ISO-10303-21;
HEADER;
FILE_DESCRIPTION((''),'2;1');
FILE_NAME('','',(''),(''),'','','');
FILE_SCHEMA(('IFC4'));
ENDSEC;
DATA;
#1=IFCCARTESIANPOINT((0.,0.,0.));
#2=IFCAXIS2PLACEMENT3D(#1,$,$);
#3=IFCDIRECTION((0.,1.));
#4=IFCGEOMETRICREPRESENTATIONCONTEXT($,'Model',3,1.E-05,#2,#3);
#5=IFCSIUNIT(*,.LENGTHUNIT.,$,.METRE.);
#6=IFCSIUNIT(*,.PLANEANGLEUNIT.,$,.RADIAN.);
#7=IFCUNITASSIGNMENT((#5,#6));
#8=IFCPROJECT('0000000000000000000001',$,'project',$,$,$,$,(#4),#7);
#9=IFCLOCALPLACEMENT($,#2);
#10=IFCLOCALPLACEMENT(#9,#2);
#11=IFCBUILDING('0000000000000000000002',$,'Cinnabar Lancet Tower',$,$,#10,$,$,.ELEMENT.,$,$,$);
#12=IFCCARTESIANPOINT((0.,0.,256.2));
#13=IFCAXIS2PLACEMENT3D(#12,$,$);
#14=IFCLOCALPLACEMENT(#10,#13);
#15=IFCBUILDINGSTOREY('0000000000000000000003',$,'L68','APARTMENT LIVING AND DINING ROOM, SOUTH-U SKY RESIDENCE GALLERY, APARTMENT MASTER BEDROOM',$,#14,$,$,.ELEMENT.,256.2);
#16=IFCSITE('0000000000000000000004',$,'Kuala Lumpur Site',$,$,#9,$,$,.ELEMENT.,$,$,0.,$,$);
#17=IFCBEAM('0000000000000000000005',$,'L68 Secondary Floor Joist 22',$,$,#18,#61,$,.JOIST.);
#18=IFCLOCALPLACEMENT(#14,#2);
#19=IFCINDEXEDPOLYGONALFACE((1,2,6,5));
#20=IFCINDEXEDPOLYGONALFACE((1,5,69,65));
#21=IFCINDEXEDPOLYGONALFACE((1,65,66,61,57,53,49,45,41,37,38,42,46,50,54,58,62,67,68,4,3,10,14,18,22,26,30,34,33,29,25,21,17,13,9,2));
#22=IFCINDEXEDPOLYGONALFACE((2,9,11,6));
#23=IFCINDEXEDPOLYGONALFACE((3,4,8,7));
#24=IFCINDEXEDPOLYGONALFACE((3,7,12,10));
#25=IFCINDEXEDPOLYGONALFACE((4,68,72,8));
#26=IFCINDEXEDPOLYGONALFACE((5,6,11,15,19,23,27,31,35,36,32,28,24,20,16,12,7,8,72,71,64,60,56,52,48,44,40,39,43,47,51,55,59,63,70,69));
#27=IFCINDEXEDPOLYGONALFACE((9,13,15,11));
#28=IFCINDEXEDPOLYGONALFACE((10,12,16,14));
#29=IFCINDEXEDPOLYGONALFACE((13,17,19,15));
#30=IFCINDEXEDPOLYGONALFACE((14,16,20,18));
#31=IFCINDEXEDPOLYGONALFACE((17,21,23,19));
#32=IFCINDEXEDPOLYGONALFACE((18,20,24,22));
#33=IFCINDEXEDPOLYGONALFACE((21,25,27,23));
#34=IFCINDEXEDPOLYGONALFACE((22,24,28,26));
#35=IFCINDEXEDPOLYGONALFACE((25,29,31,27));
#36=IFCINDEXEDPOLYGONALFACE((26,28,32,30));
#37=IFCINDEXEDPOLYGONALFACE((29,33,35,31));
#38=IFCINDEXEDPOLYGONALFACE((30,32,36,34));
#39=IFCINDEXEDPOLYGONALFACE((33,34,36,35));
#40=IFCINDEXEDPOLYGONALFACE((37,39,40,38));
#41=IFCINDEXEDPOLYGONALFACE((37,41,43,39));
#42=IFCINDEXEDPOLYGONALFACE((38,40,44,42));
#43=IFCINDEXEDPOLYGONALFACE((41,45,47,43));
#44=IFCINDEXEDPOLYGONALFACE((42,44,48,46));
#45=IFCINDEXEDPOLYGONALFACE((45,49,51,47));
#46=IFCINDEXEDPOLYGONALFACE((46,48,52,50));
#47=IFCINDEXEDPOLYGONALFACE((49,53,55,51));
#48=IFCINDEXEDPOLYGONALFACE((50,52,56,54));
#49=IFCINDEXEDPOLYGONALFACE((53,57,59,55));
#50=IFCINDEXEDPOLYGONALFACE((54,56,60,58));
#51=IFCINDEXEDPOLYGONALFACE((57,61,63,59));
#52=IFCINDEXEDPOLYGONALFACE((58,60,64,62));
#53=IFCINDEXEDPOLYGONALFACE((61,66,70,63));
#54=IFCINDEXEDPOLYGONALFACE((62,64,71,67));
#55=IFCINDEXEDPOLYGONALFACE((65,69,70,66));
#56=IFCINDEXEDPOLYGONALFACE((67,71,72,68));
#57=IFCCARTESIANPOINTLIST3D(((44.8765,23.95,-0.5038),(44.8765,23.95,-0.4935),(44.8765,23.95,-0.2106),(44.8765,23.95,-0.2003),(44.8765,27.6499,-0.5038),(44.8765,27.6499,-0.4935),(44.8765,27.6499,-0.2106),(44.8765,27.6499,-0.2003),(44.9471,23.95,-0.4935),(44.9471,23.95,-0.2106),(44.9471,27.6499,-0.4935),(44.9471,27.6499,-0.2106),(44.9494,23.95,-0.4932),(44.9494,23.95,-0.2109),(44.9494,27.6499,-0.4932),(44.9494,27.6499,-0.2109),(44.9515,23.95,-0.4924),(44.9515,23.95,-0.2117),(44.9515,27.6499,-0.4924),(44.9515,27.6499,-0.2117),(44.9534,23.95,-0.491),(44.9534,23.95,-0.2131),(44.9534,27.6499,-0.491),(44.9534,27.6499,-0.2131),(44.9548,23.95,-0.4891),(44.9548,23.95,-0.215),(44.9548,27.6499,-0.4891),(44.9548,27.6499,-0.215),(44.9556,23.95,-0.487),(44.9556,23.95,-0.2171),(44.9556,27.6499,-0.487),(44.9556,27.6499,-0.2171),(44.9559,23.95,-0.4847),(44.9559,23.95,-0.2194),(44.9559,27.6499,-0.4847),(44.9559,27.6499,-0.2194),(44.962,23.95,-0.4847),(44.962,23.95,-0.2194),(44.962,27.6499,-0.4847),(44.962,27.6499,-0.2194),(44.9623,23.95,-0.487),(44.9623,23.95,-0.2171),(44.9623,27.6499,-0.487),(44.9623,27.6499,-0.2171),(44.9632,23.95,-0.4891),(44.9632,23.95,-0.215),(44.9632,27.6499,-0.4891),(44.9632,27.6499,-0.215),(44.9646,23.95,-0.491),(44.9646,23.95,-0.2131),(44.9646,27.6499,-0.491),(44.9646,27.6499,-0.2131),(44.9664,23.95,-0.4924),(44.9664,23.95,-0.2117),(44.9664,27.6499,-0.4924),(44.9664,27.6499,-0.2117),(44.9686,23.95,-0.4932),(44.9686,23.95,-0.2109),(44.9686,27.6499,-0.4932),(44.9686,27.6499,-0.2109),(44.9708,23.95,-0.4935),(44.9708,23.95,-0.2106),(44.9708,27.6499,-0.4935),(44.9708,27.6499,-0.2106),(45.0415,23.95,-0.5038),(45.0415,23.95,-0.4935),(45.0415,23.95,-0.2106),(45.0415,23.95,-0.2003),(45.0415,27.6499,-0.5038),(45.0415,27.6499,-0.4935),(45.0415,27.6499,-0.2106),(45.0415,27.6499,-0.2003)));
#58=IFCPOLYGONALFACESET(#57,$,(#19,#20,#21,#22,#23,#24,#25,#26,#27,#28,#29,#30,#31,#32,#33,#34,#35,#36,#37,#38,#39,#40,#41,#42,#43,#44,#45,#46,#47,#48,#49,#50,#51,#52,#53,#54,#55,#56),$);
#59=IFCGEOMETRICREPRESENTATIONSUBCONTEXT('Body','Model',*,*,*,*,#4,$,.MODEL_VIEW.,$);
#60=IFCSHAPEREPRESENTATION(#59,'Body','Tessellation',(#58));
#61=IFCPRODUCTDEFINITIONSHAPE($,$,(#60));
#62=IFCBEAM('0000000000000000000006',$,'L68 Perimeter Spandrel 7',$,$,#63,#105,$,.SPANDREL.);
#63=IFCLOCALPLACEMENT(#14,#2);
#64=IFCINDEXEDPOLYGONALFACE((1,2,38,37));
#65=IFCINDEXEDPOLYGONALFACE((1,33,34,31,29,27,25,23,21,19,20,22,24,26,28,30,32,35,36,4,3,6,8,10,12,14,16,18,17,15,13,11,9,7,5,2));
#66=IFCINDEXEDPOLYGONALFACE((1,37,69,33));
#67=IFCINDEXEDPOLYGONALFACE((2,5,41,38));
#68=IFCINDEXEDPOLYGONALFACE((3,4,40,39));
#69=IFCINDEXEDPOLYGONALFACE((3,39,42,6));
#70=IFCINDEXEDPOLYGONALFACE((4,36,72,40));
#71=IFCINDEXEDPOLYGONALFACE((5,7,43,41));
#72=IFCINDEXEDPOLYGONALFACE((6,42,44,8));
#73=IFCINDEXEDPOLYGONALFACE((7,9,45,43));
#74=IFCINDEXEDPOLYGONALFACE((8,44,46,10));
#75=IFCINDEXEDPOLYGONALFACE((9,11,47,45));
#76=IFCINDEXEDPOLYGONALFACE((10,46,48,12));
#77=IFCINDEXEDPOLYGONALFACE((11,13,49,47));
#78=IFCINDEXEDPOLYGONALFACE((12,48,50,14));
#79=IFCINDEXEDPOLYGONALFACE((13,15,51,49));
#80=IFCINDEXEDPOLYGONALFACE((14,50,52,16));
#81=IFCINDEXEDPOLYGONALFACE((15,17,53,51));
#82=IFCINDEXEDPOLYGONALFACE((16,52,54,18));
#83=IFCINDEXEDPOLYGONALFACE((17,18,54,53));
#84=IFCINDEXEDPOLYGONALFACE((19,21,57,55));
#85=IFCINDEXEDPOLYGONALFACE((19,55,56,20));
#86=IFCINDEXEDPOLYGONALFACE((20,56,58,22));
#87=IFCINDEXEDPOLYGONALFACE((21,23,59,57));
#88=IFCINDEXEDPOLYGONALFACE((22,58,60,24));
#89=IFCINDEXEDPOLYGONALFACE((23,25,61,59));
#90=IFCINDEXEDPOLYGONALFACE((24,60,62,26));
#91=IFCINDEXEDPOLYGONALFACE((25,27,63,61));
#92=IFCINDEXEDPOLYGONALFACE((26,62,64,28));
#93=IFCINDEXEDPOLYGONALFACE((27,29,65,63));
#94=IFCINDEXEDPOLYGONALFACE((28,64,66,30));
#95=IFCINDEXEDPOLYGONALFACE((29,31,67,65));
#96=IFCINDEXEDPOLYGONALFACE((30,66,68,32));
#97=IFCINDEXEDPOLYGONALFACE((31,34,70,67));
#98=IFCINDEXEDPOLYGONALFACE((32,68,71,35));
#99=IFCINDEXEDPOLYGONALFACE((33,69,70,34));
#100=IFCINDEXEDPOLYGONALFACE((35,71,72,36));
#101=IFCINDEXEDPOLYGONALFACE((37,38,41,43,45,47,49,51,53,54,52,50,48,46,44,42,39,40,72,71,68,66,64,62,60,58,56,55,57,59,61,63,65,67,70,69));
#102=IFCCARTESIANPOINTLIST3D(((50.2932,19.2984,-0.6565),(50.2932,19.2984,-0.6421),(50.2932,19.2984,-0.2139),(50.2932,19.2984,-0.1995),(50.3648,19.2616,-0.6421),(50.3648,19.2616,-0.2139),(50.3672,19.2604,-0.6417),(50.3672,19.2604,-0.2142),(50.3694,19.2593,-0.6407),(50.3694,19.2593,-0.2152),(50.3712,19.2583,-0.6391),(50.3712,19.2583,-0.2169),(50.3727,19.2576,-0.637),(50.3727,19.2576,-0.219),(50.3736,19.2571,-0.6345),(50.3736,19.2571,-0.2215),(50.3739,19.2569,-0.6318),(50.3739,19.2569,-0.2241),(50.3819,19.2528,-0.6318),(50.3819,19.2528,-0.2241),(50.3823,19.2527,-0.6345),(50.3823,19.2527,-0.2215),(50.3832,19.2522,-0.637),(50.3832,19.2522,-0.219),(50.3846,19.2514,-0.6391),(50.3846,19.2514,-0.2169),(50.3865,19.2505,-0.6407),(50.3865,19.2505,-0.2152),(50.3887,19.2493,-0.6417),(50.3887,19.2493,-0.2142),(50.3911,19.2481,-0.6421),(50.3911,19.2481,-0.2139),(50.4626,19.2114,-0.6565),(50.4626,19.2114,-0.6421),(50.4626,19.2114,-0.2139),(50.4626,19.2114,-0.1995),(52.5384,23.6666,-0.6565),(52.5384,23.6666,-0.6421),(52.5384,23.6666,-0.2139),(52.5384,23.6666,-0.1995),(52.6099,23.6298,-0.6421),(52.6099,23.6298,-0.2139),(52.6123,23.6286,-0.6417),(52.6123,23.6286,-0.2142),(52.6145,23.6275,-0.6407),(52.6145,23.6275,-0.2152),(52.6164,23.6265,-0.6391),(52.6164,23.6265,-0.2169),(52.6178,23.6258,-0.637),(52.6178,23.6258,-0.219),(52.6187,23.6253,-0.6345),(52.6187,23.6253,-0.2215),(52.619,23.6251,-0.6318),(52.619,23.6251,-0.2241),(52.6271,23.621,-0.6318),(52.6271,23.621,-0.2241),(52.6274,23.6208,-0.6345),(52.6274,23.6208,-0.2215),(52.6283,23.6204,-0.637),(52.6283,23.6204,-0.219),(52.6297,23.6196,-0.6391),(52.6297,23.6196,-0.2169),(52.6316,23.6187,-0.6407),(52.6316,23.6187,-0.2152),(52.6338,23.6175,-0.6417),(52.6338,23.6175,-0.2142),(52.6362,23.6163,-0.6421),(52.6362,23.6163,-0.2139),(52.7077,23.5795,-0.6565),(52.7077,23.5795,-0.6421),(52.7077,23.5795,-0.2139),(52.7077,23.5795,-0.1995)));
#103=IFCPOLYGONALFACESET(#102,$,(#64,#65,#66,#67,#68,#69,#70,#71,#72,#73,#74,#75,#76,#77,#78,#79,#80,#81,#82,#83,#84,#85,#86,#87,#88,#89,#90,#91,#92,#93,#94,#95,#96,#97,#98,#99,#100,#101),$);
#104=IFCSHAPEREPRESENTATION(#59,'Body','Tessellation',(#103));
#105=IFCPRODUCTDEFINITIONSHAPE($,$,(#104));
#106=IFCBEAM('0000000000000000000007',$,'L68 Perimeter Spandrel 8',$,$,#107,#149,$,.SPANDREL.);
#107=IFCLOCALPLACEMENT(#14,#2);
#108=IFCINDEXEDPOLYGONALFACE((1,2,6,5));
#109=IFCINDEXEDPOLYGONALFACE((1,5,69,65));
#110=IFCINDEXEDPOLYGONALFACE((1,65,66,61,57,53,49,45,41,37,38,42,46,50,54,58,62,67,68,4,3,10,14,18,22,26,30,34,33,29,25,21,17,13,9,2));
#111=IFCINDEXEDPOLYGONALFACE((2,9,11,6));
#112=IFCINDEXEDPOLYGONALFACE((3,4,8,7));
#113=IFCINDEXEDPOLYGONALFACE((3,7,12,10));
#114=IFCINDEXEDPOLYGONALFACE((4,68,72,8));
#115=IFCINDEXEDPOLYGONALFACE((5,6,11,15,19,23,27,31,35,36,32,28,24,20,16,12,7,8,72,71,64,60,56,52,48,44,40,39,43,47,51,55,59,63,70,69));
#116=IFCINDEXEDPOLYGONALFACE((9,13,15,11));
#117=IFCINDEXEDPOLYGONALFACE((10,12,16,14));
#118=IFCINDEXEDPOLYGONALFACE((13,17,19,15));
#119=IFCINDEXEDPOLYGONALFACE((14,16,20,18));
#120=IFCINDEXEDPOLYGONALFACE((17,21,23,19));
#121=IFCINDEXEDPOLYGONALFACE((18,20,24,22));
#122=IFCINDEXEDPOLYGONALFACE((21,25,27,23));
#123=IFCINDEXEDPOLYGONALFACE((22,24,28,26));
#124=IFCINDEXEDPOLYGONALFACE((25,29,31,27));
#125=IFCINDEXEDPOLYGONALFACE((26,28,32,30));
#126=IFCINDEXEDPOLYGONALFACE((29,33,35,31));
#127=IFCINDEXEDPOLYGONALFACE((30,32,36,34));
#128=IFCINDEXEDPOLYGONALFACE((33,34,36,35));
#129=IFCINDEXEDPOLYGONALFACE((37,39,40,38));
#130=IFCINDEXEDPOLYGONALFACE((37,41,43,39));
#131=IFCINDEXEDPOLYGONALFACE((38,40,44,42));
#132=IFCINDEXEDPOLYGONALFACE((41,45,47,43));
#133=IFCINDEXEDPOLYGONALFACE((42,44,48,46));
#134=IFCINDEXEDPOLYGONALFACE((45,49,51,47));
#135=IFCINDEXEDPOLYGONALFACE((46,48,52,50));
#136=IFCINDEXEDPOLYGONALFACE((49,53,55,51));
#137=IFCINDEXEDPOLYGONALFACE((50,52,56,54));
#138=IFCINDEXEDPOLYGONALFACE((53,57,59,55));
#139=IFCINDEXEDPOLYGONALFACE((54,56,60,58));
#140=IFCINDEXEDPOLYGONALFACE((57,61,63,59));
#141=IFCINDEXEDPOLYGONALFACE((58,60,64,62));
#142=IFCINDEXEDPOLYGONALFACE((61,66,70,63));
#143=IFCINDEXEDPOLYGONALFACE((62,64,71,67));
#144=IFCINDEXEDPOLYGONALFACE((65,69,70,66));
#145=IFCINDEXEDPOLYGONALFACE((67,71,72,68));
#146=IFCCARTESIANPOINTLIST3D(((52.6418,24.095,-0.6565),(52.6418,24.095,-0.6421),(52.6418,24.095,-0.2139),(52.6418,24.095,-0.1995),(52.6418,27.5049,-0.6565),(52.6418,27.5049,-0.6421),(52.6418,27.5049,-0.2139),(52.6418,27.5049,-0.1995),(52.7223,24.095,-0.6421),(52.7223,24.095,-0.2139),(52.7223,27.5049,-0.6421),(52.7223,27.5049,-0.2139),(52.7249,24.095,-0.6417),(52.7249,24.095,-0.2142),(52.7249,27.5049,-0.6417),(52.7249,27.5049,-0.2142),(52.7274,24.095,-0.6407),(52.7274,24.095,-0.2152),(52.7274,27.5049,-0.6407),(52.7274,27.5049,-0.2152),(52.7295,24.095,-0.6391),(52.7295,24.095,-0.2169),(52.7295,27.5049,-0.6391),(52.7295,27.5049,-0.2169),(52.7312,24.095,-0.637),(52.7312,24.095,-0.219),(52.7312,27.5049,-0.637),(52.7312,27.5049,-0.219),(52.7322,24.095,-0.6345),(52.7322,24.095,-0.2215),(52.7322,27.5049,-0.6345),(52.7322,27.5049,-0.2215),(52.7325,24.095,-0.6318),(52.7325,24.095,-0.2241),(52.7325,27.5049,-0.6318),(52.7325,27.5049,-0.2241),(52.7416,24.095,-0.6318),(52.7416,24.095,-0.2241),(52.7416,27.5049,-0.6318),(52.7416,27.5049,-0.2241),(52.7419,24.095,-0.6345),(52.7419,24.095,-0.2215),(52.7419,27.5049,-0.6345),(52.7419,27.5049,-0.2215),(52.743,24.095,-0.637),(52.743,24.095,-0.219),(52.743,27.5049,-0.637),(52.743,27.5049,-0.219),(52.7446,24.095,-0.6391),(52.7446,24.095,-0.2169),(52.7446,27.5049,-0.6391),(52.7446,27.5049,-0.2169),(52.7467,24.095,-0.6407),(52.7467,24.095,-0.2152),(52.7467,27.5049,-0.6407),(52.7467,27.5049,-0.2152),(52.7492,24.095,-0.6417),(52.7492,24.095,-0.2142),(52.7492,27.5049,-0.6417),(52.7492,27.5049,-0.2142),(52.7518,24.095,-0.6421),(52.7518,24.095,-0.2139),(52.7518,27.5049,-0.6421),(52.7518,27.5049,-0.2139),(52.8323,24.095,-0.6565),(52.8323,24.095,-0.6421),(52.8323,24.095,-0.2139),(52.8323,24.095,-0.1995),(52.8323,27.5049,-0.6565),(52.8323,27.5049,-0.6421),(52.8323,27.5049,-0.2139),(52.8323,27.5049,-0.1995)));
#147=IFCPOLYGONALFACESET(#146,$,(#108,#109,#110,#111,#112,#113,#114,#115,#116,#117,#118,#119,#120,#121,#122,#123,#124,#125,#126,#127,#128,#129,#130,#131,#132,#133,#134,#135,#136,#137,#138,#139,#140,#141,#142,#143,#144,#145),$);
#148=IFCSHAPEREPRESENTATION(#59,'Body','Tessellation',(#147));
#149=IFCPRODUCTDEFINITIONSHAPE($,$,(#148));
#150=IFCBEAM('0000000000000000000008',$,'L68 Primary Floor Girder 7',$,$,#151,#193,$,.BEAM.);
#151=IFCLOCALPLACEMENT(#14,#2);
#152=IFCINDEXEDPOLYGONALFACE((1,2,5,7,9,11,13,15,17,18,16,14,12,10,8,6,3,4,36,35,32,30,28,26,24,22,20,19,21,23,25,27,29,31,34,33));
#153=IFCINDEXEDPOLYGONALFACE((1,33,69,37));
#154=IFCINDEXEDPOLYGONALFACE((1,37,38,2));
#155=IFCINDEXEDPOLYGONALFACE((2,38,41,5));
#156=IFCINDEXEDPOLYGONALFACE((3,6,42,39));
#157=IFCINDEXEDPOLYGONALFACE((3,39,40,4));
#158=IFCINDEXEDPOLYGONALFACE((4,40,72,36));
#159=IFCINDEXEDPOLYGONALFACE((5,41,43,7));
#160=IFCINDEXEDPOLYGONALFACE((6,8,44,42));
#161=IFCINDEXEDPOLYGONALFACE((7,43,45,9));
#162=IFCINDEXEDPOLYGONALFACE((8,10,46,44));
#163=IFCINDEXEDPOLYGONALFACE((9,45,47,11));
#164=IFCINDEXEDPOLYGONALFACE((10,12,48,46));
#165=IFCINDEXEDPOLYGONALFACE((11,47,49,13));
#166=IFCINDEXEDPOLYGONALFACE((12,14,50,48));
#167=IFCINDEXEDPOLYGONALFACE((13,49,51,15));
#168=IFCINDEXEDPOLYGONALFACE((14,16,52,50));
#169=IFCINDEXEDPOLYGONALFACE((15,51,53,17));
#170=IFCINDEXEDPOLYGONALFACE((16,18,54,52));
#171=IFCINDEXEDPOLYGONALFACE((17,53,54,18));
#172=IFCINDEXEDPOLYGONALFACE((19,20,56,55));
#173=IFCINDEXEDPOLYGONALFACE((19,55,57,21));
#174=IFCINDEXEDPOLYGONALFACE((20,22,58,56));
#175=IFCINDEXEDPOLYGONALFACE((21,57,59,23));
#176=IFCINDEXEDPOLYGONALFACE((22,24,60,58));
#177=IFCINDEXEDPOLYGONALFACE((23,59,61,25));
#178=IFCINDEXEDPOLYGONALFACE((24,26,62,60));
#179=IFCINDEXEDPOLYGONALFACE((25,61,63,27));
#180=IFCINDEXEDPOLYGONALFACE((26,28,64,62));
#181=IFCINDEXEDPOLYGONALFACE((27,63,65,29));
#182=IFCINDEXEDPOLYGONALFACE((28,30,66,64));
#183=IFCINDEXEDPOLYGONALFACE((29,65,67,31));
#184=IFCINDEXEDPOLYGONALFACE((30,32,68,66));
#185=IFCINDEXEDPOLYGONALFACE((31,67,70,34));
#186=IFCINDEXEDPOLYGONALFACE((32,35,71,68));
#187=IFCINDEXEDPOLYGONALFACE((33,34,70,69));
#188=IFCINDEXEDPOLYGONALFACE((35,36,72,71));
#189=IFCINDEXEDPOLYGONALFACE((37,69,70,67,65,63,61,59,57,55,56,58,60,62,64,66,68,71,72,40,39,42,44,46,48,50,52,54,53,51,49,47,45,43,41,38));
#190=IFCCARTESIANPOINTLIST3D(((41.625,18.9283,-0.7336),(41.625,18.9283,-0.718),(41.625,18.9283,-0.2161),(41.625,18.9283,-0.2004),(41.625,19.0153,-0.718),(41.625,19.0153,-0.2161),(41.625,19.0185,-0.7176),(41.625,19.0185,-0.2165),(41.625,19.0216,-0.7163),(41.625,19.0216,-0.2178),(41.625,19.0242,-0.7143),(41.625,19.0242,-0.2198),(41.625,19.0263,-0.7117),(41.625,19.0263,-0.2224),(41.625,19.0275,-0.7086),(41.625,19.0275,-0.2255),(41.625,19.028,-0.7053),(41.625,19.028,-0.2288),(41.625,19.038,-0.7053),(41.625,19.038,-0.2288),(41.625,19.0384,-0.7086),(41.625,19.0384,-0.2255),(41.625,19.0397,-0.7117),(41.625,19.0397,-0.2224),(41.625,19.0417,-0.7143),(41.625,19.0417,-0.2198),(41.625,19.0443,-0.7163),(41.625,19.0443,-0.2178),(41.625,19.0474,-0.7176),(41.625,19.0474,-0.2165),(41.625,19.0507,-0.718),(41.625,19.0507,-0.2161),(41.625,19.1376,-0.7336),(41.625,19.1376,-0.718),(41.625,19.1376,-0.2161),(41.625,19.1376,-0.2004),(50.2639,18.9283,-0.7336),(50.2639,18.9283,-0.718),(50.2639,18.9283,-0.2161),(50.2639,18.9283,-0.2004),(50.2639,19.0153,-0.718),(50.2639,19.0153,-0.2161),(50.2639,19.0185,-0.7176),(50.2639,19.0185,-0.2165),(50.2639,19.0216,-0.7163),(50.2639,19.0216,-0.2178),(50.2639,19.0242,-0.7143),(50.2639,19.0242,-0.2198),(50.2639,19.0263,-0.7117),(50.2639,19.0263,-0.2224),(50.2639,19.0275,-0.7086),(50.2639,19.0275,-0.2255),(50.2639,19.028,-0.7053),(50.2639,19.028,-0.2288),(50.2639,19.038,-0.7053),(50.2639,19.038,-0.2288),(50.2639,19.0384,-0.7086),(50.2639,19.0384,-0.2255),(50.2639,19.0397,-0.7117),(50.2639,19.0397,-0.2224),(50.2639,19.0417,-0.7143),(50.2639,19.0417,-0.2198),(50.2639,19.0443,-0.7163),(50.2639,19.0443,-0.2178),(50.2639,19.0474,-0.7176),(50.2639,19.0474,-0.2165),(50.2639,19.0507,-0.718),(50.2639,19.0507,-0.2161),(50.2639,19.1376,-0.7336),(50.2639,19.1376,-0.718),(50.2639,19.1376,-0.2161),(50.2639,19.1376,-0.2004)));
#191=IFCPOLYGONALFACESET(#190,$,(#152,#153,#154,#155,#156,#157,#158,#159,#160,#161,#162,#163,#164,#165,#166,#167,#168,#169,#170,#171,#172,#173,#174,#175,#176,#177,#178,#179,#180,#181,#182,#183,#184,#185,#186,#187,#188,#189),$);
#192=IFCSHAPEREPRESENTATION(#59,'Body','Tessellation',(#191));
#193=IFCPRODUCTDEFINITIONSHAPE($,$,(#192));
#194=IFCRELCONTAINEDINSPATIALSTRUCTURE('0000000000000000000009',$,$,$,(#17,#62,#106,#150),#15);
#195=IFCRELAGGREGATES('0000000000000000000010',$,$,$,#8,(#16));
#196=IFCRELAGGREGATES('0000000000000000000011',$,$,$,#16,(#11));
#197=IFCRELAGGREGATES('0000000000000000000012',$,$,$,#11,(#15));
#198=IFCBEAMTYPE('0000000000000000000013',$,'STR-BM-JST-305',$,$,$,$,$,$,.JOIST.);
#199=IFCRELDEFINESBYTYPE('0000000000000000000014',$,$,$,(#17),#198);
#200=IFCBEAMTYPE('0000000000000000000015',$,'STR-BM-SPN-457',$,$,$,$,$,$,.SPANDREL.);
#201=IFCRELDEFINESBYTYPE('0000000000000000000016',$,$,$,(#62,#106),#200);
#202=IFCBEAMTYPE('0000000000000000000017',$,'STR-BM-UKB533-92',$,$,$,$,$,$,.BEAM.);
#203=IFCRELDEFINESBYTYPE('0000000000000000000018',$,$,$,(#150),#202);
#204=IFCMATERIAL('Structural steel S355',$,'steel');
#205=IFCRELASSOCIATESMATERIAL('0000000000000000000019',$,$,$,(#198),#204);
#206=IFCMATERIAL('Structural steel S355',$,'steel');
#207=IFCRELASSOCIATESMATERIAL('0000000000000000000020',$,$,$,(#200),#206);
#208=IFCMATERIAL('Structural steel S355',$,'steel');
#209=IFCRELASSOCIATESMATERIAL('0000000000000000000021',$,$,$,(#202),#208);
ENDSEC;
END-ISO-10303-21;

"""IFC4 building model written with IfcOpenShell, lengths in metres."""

from ifc_helpers import new_model, si_unit, direction, frame, origin, origin_2d, place, context, subcontext, project, spatial, i_section, extrude, material, material_profile, profile_set, type_object, element, save


model = new_model("IFC4")

# Units and contexts
model_context = context("Model", 3, precision=1e-05, world=origin(), true_north=direction((0.0, 1.0)))
body_context = subcontext(model_context, "Body", "Model", "MODEL_VIEW")
ifc_project = project(units=[si_unit("LENGTHUNIT", "METRE"), si_unit("PLANEANGLEUNIT", "RADIAN")], contexts=[model_context])

# Site, building, storey
site_placement = place(None, origin())
site = spatial("IfcSite", under=ifc_project, at=site_placement, Name="Kuala Lumpur Site", CompositionType="ELEMENT", RefElevation=0.0)
building_placement = place(site_placement, origin())
building = spatial("IfcBuilding", under=site, at=building_placement, Name="Cinnabar Lancet Tower", CompositionType="ELEMENT")
storey_placement = place(building_placement, frame((0.0, 0.0, 256.2)))
storey = spatial("IfcBuildingStorey", under=building, at=storey_placement, Name="L68", Description="APARTMENT LIVING AND DINING ROOM, SOUTH-U SKY RESIDENCE GALLERY, APARTMENT MASTER BEDROOM", CompositionType="ELEMENT", Elevation=256.2)

# Beams
ifc_material_1 = material(Name="Structural steel S355", Category="steel")
ifc_material_profile_1 = material_profile(ifc_material_1, i_section(OverallWidth=0.165, OverallDepth=0.3035, WebThickness=0.0061, FlangeThickness=0.0103, FilletRadius=0.0088, at=origin_2d()), Name="UKB 305x165x40")
ifc_profile_set_1 = profile_set([ifc_material_profile_1], Name="Structural steel S355")
beam_type_1 = type_object("IfcBeamType", Name="STR-BM-JST-305", PredefinedType="JOIST", material=ifc_profile_set_1)
for number, where, z_axis, x_axis, name in (
    (1, (44.959, 23.95, -0.3521), (0.0, 1.0, 0.0), (-1.0, 0.0, 0.0), "L68 Secondary Floor Joist 22"),
):
    element("IfcBeam", number, at=place(storey_placement, frame(where, z_axis=z_axis, x_axis=x_axis)), inside=storey, type_object=beam_type_1, Name=name, PredefinedType="JOIST", context=body_context, shape_type="SweptSolid", body=[
        extrude(i_section(OverallWidth=0.165, OverallDepth=0.3035, WebThickness=0.0061, FlangeThickness=0.0103, FilletRadius=0.0088, at=origin_2d()), origin(), (0.0, 0.0, 1.0), 3.7),
    ])
ifc_material_2 = material(Name="Structural steel S355", Category="steel")
ifc_material_profile_2 = material_profile(ifc_material_2, i_section(OverallWidth=0.1904, OverallDepth=0.457, WebThickness=0.009, FlangeThickness=0.0144, FilletRadius=0.0103, at=origin_2d()), Name="UKB 457x191x74")
ifc_profile_set_2 = profile_set([ifc_material_profile_2], Name="Structural steel S355")
beam_type_2 = type_object("IfcBeamType", Name="STR-BM-SPN-457", PredefinedType="SPANDREL", material=ifc_profile_set_2)
beam_1_placement = place(storey_placement, frame((50.3779, 19.2549, -0.428), z_axis=(0.457128, 0.889401, 0.0), x_axis=(-0.889401, 0.457128, 0.0)))
element("IfcBeam", 2, at=beam_1_placement, inside=storey, type_object=beam_type_2, Name="L68 Perimeter Spandrel 7", PredefinedType="SPANDREL", context=body_context, shape_type="SweptSolid", body=[
    extrude(i_section(OverallWidth=0.1904, OverallDepth=0.457, WebThickness=0.009, FlangeThickness=0.0144, FilletRadius=0.0103, at=origin_2d()), origin(), (0.0, 0.0, 1.0), 4.9114),
])
beam_2_placement = place(storey_placement, frame((52.7371, 24.095, -0.428), z_axis=(0.0, 1.0, 0.0), x_axis=(-1.0, 0.0, 0.0)))
element("IfcBeam", 3, at=beam_2_placement, inside=storey, type_object=beam_type_2, Name="L68 Perimeter Spandrel 8", PredefinedType="SPANDREL", context=body_context, shape_type="SweptSolid", body=[
    extrude(i_section(OverallWidth=0.1904, OverallDepth=0.457, WebThickness=0.009, FlangeThickness=0.0144, FilletRadius=0.0103, at=origin_2d()), origin(), (0.0, 0.0, 1.0), 3.4099),
])
ifc_material_3 = material(Name="Structural steel S355", Category="steel")
ifc_material_profile_3 = material_profile(ifc_material_3, i_section(OverallWidth=0.2092, OverallDepth=0.5332, WebThickness=0.01, FlangeThickness=0.0156, FilletRadius=0.0127, at=origin_2d()), Name="UKB 533x210x92")
ifc_profile_set_3 = profile_set([ifc_material_profile_3], Name="Structural steel S355")
beam_type_3 = type_object("IfcBeamType", Name="STR-BM-UKB533-92", PredefinedType="BEAM", material=ifc_profile_set_3)
beam_3_placement = place(storey_placement, frame((50.2639, 19.033, -0.467), z_axis=(-1.0, 0.0, 0.0), x_axis=(0.0, -1.0, 0.0)))
element("IfcBeam", 4, at=beam_3_placement, inside=storey, type_object=beam_type_3, Name="L68 Primary Floor Girder 7", PredefinedType="BEAM", context=body_context, shape_type="SweptSolid", body=[
    extrude(i_section(OverallWidth=0.2092, OverallDepth=0.5332, WebThickness=0.01, FlangeThickness=0.0156, FilletRadius=0.0127, at=origin_2d()), origin(), (0.0, 0.0, 1.0), 8.6389),
])

save(model, "model.ifc")
